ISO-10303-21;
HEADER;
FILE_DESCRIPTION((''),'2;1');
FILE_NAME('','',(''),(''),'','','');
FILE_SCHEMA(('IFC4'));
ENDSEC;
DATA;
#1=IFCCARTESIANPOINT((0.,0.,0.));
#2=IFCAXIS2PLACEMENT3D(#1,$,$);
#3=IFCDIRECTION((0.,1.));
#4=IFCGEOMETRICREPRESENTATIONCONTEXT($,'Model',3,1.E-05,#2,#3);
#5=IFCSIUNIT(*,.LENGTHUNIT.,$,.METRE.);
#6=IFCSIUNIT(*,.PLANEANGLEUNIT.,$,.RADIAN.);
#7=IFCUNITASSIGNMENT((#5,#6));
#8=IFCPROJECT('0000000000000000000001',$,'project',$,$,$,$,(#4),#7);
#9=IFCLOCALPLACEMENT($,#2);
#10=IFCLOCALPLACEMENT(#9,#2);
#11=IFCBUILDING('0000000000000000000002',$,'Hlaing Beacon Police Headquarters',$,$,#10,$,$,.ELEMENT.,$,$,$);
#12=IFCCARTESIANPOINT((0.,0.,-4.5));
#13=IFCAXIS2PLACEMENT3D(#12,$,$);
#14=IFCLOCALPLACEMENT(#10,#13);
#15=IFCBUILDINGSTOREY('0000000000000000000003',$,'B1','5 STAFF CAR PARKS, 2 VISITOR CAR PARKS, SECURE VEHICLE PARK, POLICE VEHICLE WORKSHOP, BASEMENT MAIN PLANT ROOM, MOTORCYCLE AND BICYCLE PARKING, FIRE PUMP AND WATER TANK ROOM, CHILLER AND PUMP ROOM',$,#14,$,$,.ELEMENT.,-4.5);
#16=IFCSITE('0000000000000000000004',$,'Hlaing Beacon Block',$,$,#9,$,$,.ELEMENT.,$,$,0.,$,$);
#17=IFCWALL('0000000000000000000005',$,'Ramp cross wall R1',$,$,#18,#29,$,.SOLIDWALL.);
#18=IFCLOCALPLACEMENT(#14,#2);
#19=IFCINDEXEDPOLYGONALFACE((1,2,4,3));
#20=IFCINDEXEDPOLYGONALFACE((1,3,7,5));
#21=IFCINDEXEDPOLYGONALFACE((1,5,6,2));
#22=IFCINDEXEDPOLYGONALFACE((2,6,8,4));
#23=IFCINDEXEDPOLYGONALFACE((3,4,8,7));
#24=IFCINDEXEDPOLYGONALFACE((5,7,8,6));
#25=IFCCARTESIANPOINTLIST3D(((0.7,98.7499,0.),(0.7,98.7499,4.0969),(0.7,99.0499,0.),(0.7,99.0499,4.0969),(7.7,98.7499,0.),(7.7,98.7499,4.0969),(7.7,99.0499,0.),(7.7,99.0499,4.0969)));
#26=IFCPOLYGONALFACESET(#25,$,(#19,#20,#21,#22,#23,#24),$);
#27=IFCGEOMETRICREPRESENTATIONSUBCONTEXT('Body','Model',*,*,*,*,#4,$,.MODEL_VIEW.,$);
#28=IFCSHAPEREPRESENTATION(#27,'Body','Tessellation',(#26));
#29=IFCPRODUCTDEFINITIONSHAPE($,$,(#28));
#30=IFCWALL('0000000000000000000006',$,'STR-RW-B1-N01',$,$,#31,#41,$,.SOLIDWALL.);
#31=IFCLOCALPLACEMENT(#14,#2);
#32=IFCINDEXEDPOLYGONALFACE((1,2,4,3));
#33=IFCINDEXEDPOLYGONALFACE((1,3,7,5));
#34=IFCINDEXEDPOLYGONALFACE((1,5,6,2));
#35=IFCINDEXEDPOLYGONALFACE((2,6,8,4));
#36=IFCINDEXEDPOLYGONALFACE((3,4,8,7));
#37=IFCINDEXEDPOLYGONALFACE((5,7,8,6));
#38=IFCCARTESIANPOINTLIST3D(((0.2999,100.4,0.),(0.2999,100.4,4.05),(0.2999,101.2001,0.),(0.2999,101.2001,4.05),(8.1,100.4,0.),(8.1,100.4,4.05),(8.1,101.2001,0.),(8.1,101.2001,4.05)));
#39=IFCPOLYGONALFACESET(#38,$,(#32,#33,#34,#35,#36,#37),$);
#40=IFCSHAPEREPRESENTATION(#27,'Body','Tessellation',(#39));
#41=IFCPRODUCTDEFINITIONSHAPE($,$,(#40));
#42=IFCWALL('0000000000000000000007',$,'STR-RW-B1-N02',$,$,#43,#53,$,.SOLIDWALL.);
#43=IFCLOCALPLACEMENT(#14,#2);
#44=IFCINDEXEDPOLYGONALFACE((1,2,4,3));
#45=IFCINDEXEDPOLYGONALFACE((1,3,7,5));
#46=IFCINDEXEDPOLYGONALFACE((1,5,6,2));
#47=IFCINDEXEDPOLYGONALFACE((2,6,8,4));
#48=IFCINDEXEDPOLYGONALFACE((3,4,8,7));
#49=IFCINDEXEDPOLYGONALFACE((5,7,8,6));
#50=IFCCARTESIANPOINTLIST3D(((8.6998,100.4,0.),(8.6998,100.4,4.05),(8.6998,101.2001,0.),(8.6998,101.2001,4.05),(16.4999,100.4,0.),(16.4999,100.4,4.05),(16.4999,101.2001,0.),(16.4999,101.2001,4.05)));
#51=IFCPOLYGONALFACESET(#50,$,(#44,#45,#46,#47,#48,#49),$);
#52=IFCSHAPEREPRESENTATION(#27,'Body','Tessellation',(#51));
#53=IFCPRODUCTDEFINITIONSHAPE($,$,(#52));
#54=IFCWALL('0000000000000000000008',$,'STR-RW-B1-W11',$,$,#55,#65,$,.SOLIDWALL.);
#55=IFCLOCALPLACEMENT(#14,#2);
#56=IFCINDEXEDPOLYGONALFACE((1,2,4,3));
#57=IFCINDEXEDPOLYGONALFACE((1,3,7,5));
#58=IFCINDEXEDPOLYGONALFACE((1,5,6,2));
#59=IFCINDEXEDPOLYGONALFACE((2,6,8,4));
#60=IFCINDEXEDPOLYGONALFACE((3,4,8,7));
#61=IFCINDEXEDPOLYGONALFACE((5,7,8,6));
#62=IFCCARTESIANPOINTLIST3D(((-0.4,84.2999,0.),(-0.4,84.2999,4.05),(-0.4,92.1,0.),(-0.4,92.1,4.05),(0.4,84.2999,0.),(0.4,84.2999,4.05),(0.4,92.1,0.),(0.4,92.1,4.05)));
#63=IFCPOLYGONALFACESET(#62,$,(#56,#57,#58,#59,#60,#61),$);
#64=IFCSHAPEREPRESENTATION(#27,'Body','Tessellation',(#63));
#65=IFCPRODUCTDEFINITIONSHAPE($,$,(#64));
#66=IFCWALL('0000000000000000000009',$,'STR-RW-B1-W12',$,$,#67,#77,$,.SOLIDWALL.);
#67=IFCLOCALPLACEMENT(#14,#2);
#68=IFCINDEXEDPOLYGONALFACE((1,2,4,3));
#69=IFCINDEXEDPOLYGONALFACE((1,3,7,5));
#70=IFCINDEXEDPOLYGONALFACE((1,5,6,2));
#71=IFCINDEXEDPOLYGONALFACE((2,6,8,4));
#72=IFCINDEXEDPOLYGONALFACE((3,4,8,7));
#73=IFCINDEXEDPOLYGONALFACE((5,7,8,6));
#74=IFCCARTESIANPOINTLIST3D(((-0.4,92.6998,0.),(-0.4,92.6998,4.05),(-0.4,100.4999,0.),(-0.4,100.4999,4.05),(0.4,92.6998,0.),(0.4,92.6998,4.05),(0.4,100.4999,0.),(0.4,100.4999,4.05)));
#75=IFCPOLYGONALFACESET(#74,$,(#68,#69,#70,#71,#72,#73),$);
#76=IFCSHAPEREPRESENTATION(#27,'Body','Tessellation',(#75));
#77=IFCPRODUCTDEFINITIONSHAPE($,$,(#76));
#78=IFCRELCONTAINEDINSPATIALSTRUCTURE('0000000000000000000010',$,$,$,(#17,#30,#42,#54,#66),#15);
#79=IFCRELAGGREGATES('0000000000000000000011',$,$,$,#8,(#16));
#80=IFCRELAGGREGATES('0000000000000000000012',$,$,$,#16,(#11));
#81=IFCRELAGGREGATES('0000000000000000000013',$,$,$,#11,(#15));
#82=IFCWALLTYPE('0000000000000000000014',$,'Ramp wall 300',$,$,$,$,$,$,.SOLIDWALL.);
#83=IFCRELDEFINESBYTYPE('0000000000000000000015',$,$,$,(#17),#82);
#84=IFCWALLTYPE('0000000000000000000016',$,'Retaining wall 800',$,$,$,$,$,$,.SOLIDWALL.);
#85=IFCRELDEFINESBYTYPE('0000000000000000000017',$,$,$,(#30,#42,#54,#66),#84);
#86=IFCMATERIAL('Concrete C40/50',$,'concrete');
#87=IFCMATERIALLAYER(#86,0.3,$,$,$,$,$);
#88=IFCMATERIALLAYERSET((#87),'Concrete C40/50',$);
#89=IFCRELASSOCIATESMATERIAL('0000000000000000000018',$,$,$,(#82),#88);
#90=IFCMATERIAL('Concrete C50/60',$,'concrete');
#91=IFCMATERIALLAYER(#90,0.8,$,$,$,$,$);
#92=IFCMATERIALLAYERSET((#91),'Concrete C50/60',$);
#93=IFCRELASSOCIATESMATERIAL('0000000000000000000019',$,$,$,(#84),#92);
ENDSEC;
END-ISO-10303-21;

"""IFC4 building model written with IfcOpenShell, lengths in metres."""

from ifc_helpers import new_model, si_unit, direction, frame, frame_2d, origin, place, context, subcontext, project, spatial, rectangle, extrude, material, layer, layer_set, type_object, element, save


model = new_model("IFC4")

# Units and contexts
model_context = context("Model", 3, precision=1e-05, world=origin(), true_north=direction((0.0, 1.0)))
body_context = subcontext(model_context, "Body", "Model", "MODEL_VIEW")
ifc_project = project(units=[si_unit("LENGTHUNIT", "METRE"), si_unit("PLANEANGLEUNIT", "RADIAN")], contexts=[model_context])

# Site, building, storey
site_placement = place(None, origin())
site = spatial("IfcSite", under=ifc_project, at=site_placement, Name="Hlaing Beacon Block", CompositionType="ELEMENT", RefElevation=0.0)
building_placement = place(site_placement, origin())
building = spatial("IfcBuilding", under=site, at=building_placement, Name="Hlaing Beacon Police Headquarters", CompositionType="ELEMENT")
storey_placement = place(building_placement, frame((0.0, 0.0, -4.5)))
storey = spatial("IfcBuildingStorey", under=building, at=storey_placement, Name="B1", Description="5 STAFF CAR PARKS, 2 VISITOR CAR PARKS, SECURE VEHICLE PARK, POLICE VEHICLE WORKSHOP, BASEMENT MAIN PLANT ROOM, MOTORCYCLE AND BICYCLE PARKING, FIRE PUMP AND WATER TANK ROOM, CHILLER AND PUMP ROOM", CompositionType="ELEMENT", Elevation=-4.5)

# Walls
ifc_material_1 = material(Name="Concrete C40/50", Category="concrete")
ifc_layer_1 = layer(ifc_material_1, 0.3)
ifc_layer_set_1 = layer_set([ifc_layer_1], Name="Concrete C40/50")
wall_type_1 = type_object("IfcWallType", Name="Ramp wall 300", PredefinedType="SOLIDWALL", material=ifc_layer_set_1)
wall_1_placement = place(storey_placement, frame((7.7, 98.8999, 0.0), z_axis=(0.0, 0.0, 1.0), x_axis=(-1.0, 0.0, 0.0)))
element("IfcWall", 1, at=wall_1_placement, inside=storey, type_object=wall_type_1, Name="Ramp cross wall R1", PredefinedType="SOLIDWALL", context=body_context, shape_type="SweptSolid", body=[
    extrude(rectangle(XDim=7.0, YDim=0.3, at=frame_2d((3.5, 0.0))), origin(), (0.0, 0.0, 1.0), 4.0969),
])
ifc_material_2 = material(Name="Concrete C50/60", Category="concrete")
ifc_layer_2 = layer(ifc_material_2, 0.8)
ifc_layer_set_2 = layer_set([ifc_layer_2], Name="Concrete C50/60")
wall_type_2 = type_object("IfcWallType", Name="Retaining wall 800", PredefinedType="SOLIDWALL", material=ifc_layer_set_2)
for number, where, z_axis, x_axis, name in (
    (2, (0.3, 100.8, 0.0), (0.0, 0.0, 1.0), (1.0, 0.0, 0.0), "STR-RW-B1-N01"),
    (3, (8.7, 100.8, 0.0), (0.0, 0.0, 1.0), (1.0, 0.0, 0.0), "STR-RW-B1-N02"),
    (4, (0.0, 84.3, 0.0), (0.0, 0.0, 1.0), (0.0, 1.0, 0.0), "STR-RW-B1-W11"),
    (5, (0.0, 92.7, 0.0), (0.0, 0.0, 1.0), (0.0, 1.0, 0.0), "STR-RW-B1-W12"),
):
    element("IfcWall", number, at=place(storey_placement, frame(where, z_axis=z_axis, x_axis=x_axis)), inside=storey, type_object=wall_type_2, Name=name, PredefinedType="SOLIDWALL", context=body_context, shape_type="SweptSolid", body=[
        extrude(rectangle(XDim=7.8, YDim=0.8, at=frame_2d((3.8999, 0.0))), origin(), (0.0, 0.0, 1.0), 4.05),
    ])

save(model, "model.ifc")
